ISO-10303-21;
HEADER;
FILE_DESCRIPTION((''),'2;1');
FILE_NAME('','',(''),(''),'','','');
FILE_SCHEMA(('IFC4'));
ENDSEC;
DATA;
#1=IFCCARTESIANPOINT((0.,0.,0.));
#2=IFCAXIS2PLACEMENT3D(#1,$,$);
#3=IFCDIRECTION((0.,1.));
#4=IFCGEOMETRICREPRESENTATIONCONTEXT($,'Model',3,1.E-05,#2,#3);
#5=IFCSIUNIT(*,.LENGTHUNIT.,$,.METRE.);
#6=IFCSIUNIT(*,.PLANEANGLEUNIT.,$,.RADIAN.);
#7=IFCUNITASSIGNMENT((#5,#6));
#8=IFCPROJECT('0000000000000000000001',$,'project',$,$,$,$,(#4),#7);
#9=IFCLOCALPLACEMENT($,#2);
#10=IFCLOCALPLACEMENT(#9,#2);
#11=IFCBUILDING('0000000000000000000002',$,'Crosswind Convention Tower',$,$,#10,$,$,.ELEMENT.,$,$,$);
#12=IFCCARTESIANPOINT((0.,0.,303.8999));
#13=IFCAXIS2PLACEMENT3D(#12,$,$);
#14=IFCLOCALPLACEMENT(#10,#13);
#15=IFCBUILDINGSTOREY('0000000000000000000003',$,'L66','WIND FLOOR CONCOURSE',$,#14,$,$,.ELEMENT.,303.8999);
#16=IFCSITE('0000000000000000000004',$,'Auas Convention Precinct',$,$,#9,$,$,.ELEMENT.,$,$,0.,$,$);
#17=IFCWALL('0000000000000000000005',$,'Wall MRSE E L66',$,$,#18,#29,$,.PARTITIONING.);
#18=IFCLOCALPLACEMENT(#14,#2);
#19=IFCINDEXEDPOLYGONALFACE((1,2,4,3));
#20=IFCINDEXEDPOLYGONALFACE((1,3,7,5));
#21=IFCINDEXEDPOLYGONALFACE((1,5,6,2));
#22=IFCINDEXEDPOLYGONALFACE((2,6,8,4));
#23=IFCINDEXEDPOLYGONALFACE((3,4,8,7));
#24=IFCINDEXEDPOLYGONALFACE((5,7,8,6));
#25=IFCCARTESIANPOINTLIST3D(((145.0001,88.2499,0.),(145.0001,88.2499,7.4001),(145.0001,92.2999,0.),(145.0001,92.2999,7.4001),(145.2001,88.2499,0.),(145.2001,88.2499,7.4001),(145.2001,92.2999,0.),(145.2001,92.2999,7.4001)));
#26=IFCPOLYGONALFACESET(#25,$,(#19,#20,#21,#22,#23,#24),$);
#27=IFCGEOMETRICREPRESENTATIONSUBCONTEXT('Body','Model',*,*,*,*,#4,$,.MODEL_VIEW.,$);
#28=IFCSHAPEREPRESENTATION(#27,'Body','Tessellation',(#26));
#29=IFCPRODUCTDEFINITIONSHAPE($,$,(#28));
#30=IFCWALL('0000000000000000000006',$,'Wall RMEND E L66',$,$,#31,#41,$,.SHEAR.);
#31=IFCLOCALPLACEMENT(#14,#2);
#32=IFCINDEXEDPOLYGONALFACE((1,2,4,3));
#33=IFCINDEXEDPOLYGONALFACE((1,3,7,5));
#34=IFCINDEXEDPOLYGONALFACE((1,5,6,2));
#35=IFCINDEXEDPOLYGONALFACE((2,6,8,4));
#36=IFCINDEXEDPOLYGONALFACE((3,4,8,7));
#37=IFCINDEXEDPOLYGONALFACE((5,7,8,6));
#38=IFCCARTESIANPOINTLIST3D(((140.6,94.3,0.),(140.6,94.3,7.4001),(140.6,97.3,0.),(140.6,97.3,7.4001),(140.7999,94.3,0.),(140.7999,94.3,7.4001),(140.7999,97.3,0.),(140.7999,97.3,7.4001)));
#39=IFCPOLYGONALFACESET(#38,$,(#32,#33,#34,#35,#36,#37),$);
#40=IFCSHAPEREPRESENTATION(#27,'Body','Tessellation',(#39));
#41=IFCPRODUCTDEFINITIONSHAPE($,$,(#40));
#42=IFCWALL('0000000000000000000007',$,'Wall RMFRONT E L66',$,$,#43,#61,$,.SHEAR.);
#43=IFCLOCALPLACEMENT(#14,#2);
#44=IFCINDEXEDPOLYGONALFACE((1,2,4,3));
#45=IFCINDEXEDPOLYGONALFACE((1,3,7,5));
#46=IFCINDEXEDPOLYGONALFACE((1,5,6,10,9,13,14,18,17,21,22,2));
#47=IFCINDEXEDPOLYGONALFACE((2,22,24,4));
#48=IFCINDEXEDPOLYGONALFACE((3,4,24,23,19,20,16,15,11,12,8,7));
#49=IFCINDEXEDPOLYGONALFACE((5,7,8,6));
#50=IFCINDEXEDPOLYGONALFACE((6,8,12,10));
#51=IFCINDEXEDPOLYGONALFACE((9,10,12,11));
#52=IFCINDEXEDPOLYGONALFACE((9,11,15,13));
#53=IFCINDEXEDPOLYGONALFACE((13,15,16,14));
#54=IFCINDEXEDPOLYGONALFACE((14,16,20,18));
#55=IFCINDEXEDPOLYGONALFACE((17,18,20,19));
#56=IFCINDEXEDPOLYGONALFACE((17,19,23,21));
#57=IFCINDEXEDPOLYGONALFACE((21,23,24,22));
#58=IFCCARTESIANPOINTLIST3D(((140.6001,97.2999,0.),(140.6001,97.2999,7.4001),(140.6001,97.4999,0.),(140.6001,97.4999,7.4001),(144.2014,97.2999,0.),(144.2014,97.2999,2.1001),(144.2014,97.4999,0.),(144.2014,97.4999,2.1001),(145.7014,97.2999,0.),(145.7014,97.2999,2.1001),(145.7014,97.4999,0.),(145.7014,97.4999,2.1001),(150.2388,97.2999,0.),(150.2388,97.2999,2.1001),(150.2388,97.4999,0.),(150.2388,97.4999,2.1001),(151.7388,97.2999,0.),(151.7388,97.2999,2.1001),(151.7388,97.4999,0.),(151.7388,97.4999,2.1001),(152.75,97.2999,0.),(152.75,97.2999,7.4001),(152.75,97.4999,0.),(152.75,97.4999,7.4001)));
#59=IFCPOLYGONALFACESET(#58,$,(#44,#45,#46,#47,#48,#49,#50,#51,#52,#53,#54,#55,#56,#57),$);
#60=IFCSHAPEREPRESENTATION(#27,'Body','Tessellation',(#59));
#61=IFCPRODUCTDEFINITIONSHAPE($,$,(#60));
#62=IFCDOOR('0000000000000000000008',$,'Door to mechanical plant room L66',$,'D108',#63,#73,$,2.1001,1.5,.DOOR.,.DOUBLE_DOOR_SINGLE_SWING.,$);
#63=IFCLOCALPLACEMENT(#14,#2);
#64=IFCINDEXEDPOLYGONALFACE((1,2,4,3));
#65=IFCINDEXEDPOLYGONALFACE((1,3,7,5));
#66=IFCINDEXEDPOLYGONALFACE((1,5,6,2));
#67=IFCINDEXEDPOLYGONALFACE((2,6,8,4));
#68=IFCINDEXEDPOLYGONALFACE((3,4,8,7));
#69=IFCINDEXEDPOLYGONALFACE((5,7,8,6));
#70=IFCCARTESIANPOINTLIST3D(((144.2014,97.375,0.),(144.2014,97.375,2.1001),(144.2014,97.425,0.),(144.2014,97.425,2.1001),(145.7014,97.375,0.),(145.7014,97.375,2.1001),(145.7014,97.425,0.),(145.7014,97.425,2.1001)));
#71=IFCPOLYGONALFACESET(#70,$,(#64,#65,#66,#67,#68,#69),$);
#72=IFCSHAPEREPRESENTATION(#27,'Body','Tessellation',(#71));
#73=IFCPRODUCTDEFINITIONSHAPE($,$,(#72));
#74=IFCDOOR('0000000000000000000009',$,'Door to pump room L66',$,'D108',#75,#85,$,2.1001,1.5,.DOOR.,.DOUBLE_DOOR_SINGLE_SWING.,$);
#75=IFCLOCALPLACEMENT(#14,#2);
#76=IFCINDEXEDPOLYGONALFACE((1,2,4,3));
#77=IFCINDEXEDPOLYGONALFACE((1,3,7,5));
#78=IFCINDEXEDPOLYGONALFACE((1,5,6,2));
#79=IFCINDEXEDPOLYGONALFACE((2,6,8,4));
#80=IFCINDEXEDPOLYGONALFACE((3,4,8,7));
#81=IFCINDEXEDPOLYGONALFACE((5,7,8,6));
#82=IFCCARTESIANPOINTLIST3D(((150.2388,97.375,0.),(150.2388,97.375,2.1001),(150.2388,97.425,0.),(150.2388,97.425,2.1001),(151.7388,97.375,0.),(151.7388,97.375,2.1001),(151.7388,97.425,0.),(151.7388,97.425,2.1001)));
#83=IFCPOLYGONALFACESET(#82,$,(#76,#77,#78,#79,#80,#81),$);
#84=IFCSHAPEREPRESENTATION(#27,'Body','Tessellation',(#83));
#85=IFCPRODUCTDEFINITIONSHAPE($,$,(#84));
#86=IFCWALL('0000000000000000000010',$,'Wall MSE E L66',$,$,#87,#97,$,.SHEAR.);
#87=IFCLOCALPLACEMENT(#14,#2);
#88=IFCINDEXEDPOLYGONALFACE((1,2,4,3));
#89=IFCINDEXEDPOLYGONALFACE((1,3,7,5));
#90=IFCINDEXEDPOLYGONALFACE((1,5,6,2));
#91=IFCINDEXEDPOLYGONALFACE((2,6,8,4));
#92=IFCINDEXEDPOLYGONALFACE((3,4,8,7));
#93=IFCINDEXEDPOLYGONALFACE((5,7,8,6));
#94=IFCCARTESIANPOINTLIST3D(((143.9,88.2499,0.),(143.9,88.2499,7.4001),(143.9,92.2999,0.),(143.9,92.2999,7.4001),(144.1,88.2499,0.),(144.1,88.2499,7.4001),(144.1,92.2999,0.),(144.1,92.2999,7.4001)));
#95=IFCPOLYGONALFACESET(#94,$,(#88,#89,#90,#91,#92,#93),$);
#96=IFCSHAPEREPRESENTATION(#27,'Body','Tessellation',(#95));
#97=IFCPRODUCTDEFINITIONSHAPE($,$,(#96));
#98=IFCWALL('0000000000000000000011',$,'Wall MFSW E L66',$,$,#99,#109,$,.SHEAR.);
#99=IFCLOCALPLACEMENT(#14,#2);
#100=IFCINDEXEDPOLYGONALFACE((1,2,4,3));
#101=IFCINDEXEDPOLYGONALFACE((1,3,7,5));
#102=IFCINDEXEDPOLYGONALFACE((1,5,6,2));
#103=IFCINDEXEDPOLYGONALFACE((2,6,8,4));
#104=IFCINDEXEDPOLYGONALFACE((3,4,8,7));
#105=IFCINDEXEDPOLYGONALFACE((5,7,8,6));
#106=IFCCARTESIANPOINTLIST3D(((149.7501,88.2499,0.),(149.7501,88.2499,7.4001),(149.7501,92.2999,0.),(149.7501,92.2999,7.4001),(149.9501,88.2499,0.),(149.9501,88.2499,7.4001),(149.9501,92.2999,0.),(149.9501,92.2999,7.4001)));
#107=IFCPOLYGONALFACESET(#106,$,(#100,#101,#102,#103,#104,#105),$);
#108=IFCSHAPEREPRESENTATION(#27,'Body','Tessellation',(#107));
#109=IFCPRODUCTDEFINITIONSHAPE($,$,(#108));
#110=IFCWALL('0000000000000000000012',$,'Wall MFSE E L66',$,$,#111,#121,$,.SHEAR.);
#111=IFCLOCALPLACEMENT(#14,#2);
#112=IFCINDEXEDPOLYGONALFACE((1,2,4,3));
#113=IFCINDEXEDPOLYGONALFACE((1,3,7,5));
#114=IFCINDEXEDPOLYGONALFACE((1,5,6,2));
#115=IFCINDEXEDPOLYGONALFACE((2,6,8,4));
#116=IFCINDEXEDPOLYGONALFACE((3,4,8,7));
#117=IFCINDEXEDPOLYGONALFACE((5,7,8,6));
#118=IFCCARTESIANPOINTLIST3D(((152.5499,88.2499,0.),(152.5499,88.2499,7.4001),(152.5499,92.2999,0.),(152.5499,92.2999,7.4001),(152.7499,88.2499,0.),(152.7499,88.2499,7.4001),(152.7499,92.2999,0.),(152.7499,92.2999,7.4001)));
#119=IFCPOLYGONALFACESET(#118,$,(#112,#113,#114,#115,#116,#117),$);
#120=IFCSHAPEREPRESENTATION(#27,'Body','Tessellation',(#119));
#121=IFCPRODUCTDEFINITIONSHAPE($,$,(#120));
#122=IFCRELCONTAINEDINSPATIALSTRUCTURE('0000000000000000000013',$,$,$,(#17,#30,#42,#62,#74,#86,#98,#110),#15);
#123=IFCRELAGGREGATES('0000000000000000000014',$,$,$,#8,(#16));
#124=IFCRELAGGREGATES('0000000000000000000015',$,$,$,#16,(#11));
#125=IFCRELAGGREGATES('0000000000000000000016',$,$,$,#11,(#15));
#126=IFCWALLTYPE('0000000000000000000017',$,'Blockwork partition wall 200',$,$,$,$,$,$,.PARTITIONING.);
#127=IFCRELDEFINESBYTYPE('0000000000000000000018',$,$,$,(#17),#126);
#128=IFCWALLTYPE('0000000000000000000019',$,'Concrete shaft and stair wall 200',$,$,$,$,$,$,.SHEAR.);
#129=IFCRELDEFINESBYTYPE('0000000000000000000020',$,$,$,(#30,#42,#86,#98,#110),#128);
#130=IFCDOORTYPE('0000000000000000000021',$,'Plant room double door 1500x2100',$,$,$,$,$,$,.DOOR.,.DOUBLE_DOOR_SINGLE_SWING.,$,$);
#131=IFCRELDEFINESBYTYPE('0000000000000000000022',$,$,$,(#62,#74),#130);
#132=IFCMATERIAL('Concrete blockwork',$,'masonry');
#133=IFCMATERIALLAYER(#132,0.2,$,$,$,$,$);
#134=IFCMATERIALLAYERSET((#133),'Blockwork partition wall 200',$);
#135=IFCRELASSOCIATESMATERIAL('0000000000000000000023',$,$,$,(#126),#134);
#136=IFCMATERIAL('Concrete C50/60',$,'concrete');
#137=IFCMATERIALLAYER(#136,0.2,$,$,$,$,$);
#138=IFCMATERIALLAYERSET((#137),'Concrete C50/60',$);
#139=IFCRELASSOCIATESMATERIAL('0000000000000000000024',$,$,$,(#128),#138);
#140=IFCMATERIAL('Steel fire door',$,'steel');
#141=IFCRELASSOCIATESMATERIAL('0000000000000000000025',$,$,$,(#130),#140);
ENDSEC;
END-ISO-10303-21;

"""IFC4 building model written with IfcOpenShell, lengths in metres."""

from ifc_helpers import new_model, si_unit, direction, frame, frame_2d, origin, place, context, subcontext, project, spatial, rectangle, extrude, material, layer, layer_set, type_object, element, fill, save


model = new_model("IFC4")

# Units and contexts
model_context = context("Model", 3, precision=1e-05, world=origin(), true_north=direction((0.0, 1.0)))
body_context = subcontext(model_context, "Body", "Model", "MODEL_VIEW")
ifc_project = project(units=[si_unit("LENGTHUNIT", "METRE"), si_unit("PLANEANGLEUNIT", "RADIAN")], contexts=[model_context])

# Site, building, storey
site_placement = place(None, origin())
site = spatial("IfcSite", under=ifc_project, at=site_placement, Name="Auas Convention Precinct", CompositionType="ELEMENT", RefElevation=0.0)
building_placement = place(site_placement, origin())
building = spatial("IfcBuilding", under=site, at=building_placement, Name="Crosswind Convention Tower", CompositionType="ELEMENT")
storey_placement = place(building_placement, frame((0.0, 0.0, 303.8999)))
storey = spatial("IfcBuildingStorey", under=building, at=storey_placement, Name="L66", Description="WIND FLOOR CONCOURSE", CompositionType="ELEMENT", Elevation=303.8999)

# Walls
ifc_material_1 = material(Name="Concrete blockwork", Category="masonry")
ifc_layer_1 = layer(ifc_material_1, 0.2)
ifc_layer_set_1 = layer_set([ifc_layer_1], Name="Blockwork partition wall 200")
wall_type_1 = type_object("IfcWallType", Name="Blockwork partition wall 200", PredefinedType="PARTITIONING", material=ifc_layer_set_1)
wall_1_placement = place(storey_placement, frame((145.1001, 88.25, 0.0), z_axis=(0.0, 0.0, 1.0), x_axis=(0.0, 1.0, 0.0)))
element("IfcWall", 1, at=wall_1_placement, inside=storey, type_object=wall_type_1, Name="Wall MRSE E L66", PredefinedType="PARTITIONING", context=body_context, shape_type="SweptSolid", body=[
    extrude(rectangle(XDim=4.05, YDim=0.2, at=frame_2d((2.0249, 0.0))), origin(), (0.0, 0.0, 1.0), 7.4001),
])
ifc_material_2 = material(Name="Concrete C50/60", Category="concrete")
ifc_layer_2 = layer(ifc_material_2, 0.2)
ifc_layer_set_2 = layer_set([ifc_layer_2], Name="Concrete C50/60")
wall_type_2 = type_object("IfcWallType", Name="Concrete shaft and stair wall 200", PredefinedType="SHEAR", material=ifc_layer_set_2)
wall_2_placement = place(storey_placement, frame((140.7, 94.3, 0.0), z_axis=(0.0, 0.0, 1.0), x_axis=(0.0, 1.0, 0.0)))
element("IfcWall", 2, at=wall_2_placement, inside=storey, type_object=wall_type_2, Name="Wall RMEND E L66", PredefinedType="SHEAR", context=body_context, shape_type="SweptSolid", body=[
    extrude(rectangle(XDim=3.0, YDim=0.2, at=frame_2d((1.5, 0.0))), origin(), (0.0, 0.0, 1.0), 7.4001),
])

# Wall, openings, doors
wall_3_placement = place(storey_placement, frame((140.6001, 97.3999, 0.0), z_axis=(0.0, 0.0, 1.0), x_axis=(1.0, 0.0, 0.0)))
wall_3 = element("IfcWall", 3, at=wall_3_placement, inside=storey, type_object=wall_type_2, Name="Wall RMFRONT E L66", PredefinedType="SHEAR", context=body_context, shape_type="SweptSolid", body=[
    extrude(rectangle(XDim=12.1499, YDim=0.2, at=frame_2d((6.075, 0.0))), origin(), (0.0, 0.0, 1.0), 7.4001),
])
opening_1_placement = place(wall_3_placement, frame((3.6013, 0.0, 0.0)))
opening_1 = element("IfcOpeningElement", 4, at=opening_1_placement, cuts=wall_3, PredefinedType="OPENING", context=body_context, shape_type="SweptSolid", body=[
    extrude(rectangle(XDim=1.5, YDim=2.1001, at=frame_2d((0.75, 1.05))), frame((0.0, 0.1099, 0.0), z_axis=(0.0, -1.0, 0.0), x_axis=(1.0, 0.0, 0.0)), (0.0, 0.0, 1.0), 0.22),
])
opening_2_placement = place(wall_3_placement, frame((9.6387, 0.0, 0.0)))
opening_2 = element("IfcOpeningElement", 5, at=opening_2_placement, cuts=wall_3, PredefinedType="OPENING", context=body_context, shape_type="SweptSolid", body=[
    extrude(rectangle(XDim=1.5, YDim=2.1001, at=frame_2d((0.75, 1.05))), frame((0.0, 0.1099, 0.0), z_axis=(0.0, -1.0, 0.0), x_axis=(1.0, 0.0, 0.0)), (0.0, 0.0, 1.0), 0.22),
])
ifc_material_3 = material(Name="Steel fire door", Category="steel")
door_type_1 = type_object("IfcDoorType", Name="Plant room double door 1500x2100", OperationType="DOUBLE_DOOR_SINGLE_SWING", PredefinedType="DOOR", material=ifc_material_3)
door_1_placement = place(opening_1_placement, frame((1.5, 0.0, 0.0), z_axis=(0.0, 0.0, 1.0), x_axis=(-1.0, 0.0, 0.0)))
door_1 = element("IfcDoor", 6, at=door_1_placement, inside=storey, type_object=door_type_1, Name="Door to mechanical plant room L66", ObjectType="D108", OperationType="DOUBLE_DOOR_SINGLE_SWING", OverallHeight=2.1001, OverallWidth=1.5, PredefinedType="DOOR", context=body_context, shape_type="SweptSolid", body=[
    extrude(rectangle(XDim=1.5, YDim=2.1001, at=frame_2d((0.75, 1.05))), frame((0.0, 0.0249, 0.0), z_axis=(0.0, -1.0, 0.0), x_axis=(1.0, 0.0, 0.0)), (0.0, 0.0, 1.0), 0.05),
])
fill(opening_1, door_1)
door_2_placement = place(opening_2_placement, frame((1.5, 0.0, 0.0), z_axis=(0.0, 0.0, 1.0), x_axis=(-1.0, 0.0, 0.0)))
door_2 = element("IfcDoor", 7, at=door_2_placement, inside=storey, type_object=door_type_1, Name="Door to pump room L66", ObjectType="D108", OperationType="DOUBLE_DOOR_SINGLE_SWING", OverallHeight=2.1001, OverallWidth=1.5, PredefinedType="DOOR", context=body_context, shape_type="SweptSolid", body=[
    extrude(rectangle(XDim=1.5, YDim=2.1001, at=frame_2d((0.75, 1.05))), frame((0.0, 0.0249, 0.0), z_axis=(0.0, -1.0, 0.0), x_axis=(1.0, 0.0, 0.0)), (0.0, 0.0, 1.0), 0.05),
])
fill(opening_2, door_2)

# Walls
for number, where, z_axis, x_axis, name in (
    (8, (144.0, 88.25, 0.0), (0.0, 0.0, 1.0), (0.0, 1.0, 0.0), "Wall MSE E L66"),
    (9, (149.8501, 88.25, 0.0), (0.0, 0.0, 1.0), (0.0, 1.0, 0.0), "Wall MFSW E L66"),
    (10, (152.6499, 88.25, 0.0), (0.0, 0.0, 1.0), (0.0, 1.0, 0.0), "Wall MFSE E L66"),
):
    element("IfcWall", number, at=place(storey_placement, frame(where, z_axis=z_axis, x_axis=x_axis)), inside=storey, type_object=wall_type_2, Name=name, PredefinedType="SHEAR", context=body_context, shape_type="SweptSolid", body=[
        extrude(rectangle(XDim=4.05, YDim=0.2, at=frame_2d((2.0249, 0.0))), origin(), (0.0, 0.0, 1.0), 7.4001),
    ])

save(model, "model.ifc")
